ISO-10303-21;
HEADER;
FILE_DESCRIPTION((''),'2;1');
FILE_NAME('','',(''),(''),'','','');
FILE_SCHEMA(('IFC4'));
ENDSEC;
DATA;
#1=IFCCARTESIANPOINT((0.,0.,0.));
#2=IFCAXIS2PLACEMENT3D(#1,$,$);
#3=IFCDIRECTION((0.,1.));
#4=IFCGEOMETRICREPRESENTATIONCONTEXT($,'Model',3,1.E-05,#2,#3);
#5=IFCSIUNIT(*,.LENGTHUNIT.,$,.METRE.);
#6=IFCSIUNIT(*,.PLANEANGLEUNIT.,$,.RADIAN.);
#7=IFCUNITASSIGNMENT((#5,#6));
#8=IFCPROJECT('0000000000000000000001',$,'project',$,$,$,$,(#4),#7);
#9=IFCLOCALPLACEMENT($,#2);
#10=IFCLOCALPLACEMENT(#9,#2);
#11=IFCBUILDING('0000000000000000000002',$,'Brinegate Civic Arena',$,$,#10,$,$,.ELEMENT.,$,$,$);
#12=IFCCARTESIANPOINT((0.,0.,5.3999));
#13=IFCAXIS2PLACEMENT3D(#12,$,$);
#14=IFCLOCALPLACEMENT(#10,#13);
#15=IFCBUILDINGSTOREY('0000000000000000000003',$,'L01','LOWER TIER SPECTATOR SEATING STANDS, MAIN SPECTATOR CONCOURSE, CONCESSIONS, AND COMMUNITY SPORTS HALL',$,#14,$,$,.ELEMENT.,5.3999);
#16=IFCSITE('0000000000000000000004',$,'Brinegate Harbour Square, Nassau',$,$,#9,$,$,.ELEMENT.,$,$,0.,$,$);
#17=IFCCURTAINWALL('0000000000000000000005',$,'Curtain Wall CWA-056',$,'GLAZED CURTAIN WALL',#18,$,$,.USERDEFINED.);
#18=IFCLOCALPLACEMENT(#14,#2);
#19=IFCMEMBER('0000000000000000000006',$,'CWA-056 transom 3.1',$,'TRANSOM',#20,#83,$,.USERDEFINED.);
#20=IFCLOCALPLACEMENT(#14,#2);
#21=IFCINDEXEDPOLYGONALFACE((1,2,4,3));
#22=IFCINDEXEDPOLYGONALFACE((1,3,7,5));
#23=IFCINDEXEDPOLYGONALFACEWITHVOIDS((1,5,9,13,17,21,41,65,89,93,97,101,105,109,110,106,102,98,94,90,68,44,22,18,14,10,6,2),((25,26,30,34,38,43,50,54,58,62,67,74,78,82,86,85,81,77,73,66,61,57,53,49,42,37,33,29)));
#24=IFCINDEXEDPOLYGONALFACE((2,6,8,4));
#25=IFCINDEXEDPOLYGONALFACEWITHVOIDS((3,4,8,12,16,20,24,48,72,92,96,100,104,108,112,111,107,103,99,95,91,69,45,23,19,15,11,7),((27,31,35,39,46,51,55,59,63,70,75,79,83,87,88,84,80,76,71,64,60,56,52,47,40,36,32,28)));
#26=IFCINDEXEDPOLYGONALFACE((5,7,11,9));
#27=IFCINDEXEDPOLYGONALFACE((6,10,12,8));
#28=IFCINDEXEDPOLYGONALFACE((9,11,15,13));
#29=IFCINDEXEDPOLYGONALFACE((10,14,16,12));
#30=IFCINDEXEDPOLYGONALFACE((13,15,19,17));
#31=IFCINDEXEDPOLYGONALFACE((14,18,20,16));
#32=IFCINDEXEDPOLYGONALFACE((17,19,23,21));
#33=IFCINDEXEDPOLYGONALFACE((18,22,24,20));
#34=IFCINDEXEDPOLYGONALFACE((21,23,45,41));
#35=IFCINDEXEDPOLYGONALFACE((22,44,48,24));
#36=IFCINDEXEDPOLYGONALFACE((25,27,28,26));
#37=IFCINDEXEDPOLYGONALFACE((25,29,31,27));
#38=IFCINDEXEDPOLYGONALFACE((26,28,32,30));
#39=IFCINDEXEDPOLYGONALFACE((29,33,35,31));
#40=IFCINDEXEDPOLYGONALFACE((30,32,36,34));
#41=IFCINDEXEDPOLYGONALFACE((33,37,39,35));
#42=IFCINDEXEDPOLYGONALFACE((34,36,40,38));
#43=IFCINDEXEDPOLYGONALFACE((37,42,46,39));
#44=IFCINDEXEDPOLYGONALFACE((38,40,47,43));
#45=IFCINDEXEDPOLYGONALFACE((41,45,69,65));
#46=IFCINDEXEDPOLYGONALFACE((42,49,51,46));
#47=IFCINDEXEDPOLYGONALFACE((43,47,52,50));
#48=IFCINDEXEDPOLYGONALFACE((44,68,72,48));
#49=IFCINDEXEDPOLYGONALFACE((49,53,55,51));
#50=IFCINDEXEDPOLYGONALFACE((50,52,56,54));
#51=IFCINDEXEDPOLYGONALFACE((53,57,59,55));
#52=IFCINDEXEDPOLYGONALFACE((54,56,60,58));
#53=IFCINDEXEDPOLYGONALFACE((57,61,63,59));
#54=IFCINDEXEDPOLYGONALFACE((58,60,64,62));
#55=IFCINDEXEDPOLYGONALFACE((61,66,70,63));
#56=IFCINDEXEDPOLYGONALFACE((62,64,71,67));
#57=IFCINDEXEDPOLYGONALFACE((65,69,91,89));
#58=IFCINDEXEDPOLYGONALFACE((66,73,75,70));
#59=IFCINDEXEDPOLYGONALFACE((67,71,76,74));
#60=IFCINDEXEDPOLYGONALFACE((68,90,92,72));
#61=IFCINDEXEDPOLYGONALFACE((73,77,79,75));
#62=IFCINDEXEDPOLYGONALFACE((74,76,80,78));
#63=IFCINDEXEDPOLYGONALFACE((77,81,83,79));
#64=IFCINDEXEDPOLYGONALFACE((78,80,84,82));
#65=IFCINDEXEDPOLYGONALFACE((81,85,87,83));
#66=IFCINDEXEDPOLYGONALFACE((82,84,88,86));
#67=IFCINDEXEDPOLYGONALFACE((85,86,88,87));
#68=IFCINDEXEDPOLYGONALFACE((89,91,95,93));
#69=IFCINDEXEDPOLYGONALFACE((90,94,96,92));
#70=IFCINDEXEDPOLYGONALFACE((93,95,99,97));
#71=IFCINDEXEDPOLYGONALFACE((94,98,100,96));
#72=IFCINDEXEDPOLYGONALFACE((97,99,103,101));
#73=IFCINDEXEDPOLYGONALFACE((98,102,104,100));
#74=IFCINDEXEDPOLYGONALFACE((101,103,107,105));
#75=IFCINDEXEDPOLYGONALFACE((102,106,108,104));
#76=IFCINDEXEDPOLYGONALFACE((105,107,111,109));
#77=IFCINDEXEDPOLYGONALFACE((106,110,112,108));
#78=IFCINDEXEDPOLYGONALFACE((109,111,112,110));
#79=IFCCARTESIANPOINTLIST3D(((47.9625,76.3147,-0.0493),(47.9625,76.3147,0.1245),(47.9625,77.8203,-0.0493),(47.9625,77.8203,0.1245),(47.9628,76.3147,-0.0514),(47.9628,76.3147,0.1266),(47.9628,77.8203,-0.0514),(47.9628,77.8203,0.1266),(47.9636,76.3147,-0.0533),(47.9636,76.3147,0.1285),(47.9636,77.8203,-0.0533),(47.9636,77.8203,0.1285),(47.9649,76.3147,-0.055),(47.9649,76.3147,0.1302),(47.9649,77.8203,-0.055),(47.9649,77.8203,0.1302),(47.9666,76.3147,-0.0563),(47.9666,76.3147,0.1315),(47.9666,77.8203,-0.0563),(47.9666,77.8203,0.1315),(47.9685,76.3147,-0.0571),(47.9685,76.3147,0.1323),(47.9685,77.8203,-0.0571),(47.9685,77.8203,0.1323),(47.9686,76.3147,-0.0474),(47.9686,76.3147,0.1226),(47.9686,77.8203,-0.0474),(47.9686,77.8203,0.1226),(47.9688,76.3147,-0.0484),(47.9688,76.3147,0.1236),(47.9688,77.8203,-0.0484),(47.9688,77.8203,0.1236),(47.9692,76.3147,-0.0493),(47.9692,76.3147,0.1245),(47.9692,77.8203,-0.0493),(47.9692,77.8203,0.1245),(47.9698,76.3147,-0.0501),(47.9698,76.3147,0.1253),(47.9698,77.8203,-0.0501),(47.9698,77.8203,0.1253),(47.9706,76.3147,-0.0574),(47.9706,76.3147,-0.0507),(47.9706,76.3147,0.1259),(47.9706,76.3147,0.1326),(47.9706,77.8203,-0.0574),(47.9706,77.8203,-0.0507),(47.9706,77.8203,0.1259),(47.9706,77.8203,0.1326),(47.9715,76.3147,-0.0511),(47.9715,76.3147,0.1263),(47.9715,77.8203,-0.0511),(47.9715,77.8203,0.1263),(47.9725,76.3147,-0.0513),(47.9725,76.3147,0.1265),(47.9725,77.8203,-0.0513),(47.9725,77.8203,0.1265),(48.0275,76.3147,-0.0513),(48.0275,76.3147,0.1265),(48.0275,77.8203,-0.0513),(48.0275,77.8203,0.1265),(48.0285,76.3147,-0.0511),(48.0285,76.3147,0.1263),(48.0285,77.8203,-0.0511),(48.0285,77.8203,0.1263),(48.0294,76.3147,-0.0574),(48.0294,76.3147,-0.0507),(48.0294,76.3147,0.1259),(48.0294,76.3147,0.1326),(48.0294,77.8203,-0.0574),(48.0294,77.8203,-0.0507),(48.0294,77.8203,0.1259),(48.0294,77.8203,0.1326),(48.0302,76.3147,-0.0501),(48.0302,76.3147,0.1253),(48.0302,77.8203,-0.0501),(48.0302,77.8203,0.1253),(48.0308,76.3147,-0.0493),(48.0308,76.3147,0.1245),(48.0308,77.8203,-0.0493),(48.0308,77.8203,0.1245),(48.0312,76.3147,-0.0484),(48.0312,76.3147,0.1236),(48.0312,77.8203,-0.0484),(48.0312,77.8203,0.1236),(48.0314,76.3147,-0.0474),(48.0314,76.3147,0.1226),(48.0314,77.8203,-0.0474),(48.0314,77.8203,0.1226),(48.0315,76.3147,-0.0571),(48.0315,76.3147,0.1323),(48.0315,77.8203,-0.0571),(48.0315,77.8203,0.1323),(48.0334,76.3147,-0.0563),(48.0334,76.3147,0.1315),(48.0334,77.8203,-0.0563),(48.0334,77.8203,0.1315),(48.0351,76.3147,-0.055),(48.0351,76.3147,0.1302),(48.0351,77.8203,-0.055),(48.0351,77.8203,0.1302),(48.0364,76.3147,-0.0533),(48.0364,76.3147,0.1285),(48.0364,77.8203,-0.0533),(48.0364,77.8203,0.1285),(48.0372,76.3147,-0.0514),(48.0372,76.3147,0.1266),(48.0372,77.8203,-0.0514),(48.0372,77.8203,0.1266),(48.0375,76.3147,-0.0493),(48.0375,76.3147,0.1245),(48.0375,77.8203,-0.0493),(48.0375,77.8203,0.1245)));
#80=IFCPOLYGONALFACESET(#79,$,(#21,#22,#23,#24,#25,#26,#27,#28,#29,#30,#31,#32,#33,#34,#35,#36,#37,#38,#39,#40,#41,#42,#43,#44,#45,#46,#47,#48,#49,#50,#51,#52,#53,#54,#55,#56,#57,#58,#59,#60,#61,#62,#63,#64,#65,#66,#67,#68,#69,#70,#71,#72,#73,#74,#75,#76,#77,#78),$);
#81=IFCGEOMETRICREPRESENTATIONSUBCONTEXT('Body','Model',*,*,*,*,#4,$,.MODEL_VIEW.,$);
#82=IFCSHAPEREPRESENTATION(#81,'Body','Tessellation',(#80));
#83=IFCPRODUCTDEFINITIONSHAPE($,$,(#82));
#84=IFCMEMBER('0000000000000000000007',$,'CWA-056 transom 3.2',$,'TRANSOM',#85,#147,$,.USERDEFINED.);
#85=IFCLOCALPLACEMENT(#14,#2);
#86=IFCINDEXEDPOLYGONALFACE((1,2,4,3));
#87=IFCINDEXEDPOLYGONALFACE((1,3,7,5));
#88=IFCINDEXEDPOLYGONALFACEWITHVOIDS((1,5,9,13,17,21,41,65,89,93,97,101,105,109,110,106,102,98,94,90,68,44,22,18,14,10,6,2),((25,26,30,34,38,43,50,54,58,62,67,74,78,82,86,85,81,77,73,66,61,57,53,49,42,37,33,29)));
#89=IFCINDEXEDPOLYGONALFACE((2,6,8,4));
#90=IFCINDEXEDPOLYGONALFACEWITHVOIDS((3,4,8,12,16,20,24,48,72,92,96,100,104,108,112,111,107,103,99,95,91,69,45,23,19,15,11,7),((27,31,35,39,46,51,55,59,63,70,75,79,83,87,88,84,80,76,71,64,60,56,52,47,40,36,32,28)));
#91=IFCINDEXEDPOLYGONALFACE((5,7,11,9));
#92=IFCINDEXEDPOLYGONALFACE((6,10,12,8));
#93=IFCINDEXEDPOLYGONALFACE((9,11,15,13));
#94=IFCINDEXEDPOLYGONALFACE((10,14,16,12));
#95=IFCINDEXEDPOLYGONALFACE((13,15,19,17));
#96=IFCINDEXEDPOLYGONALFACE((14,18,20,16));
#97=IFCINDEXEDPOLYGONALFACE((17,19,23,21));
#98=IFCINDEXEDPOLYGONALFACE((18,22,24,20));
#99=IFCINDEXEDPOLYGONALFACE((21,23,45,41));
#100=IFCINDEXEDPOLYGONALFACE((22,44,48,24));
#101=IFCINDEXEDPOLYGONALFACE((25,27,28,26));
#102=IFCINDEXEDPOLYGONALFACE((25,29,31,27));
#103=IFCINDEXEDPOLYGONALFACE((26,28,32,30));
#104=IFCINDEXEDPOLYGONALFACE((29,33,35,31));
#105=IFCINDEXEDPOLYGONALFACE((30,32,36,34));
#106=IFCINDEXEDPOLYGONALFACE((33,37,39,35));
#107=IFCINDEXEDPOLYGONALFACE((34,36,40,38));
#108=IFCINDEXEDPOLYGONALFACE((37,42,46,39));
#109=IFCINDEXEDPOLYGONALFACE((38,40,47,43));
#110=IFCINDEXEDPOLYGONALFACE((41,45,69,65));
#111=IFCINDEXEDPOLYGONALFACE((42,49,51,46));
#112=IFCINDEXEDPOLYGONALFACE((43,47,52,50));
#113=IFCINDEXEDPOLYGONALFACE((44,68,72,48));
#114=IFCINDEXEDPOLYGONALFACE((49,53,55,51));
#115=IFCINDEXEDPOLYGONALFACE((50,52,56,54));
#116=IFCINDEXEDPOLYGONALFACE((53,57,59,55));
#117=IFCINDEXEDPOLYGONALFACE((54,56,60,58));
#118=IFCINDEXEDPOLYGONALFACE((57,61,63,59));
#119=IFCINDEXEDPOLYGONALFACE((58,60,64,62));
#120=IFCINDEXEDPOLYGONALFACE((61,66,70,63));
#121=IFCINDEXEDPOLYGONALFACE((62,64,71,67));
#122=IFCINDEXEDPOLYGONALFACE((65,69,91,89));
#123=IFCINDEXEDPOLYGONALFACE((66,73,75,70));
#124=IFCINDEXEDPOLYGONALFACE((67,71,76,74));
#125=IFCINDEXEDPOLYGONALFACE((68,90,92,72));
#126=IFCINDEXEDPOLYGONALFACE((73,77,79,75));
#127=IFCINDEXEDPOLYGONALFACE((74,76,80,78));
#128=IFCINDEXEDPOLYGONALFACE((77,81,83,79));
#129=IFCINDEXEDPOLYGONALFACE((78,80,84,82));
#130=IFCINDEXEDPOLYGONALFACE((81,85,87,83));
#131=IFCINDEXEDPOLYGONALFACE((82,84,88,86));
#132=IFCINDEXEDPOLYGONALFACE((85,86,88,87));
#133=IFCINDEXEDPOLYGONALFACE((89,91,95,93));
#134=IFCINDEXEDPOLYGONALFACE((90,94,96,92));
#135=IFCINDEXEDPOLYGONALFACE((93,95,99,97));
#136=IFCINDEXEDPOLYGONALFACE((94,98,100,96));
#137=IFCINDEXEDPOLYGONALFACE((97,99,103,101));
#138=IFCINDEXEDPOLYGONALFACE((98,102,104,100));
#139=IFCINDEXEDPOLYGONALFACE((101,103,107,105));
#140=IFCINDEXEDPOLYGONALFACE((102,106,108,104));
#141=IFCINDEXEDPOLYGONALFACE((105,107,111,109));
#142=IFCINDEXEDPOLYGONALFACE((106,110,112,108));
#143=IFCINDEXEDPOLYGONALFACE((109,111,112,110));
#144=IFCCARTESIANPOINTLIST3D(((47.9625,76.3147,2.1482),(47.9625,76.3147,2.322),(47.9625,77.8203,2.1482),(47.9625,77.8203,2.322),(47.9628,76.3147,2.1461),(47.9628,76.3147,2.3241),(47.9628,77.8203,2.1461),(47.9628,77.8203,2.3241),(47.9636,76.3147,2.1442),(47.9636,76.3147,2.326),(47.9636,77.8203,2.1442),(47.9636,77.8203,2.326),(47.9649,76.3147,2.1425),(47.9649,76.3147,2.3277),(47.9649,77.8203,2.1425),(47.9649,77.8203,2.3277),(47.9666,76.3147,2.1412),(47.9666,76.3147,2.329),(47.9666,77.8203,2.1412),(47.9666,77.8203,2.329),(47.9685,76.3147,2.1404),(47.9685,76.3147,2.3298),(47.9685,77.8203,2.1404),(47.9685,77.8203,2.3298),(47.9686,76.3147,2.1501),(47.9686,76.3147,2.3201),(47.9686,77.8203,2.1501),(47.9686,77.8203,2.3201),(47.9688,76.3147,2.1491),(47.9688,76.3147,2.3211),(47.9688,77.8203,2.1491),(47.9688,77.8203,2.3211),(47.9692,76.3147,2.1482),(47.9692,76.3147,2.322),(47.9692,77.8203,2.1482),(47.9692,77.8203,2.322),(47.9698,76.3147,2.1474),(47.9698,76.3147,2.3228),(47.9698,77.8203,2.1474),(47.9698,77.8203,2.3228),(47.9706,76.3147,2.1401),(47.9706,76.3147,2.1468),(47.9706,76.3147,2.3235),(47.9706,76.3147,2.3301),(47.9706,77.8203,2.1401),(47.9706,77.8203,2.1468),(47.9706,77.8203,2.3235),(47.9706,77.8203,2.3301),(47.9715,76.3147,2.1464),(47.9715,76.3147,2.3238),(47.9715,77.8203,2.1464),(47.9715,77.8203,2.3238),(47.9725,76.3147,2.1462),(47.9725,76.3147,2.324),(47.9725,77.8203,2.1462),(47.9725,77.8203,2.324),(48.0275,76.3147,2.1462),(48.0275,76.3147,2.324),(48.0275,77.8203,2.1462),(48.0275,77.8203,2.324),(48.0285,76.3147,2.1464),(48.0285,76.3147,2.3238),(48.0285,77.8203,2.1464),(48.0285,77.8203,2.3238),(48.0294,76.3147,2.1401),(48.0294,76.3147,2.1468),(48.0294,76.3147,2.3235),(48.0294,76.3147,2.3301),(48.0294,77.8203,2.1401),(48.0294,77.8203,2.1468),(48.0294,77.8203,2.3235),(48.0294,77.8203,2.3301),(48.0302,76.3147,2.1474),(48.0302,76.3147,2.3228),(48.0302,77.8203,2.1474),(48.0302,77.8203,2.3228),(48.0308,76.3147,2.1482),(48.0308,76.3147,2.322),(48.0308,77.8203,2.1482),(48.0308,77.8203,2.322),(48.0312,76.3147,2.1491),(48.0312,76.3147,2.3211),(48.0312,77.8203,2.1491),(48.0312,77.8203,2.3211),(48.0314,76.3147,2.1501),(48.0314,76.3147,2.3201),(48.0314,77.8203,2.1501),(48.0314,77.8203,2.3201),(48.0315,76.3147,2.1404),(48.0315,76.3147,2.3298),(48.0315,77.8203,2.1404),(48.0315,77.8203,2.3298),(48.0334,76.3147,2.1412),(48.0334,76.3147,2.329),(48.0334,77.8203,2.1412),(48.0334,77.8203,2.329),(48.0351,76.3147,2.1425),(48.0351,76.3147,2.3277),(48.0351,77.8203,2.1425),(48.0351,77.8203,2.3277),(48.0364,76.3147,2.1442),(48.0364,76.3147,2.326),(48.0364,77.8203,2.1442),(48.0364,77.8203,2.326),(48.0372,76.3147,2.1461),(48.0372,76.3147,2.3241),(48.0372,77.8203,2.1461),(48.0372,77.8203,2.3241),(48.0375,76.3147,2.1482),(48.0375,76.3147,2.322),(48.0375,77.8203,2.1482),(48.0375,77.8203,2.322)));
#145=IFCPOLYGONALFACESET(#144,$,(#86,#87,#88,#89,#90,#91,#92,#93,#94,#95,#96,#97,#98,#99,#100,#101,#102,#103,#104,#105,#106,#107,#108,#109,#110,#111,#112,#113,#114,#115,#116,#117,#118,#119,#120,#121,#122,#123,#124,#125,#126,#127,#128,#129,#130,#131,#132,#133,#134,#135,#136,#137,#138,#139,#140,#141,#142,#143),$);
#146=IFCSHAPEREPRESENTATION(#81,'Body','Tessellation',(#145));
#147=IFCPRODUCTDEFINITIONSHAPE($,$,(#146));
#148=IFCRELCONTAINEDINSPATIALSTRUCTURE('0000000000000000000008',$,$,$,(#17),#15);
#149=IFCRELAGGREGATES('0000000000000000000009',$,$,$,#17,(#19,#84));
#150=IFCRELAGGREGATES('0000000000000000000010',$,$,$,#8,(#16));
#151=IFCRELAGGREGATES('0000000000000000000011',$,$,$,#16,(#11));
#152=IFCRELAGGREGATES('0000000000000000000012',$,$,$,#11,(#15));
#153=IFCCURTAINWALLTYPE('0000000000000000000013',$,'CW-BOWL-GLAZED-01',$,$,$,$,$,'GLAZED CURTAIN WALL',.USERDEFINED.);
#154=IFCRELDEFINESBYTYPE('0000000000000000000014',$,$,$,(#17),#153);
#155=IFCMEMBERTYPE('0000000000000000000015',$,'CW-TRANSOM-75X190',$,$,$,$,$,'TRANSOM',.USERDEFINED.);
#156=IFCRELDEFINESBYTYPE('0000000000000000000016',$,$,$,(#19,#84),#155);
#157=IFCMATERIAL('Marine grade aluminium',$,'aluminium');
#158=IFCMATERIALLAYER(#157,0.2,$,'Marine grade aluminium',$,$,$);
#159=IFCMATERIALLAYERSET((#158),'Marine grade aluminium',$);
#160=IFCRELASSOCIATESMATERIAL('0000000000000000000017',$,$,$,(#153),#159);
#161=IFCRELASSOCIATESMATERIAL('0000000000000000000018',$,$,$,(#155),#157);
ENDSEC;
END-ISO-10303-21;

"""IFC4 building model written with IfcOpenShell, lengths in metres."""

from ifc_helpers import new_model, si_unit, direction, frame, origin, origin_2d, place, context, subcontext, project, spatial, hollow_rectangle, extrude, material, layer, layer_set, material_profile, profile_set, type_object, element, aggregate, save


model = new_model("IFC4")

# Units and contexts
model_context = context("Model", 3, precision=1e-05, world=origin(), true_north=direction((0.0, 1.0)))
body_context = subcontext(model_context, "Body", "Model", "MODEL_VIEW")
ifc_project = project(units=[si_unit("LENGTHUNIT", "METRE"), si_unit("PLANEANGLEUNIT", "RADIAN")], contexts=[model_context])

# Site, building, storey
site_placement = place(None, origin())
site = spatial("IfcSite", under=ifc_project, at=site_placement, Name="Brinegate Harbour Square, Nassau", CompositionType="ELEMENT", RefElevation=0.0)
building_placement = place(site_placement, origin())
building = spatial("IfcBuilding", under=site, at=building_placement, Name="Brinegate Civic Arena", CompositionType="ELEMENT")
storey_placement = place(building_placement, frame((0.0, 0.0, 5.3999)))
storey = spatial("IfcBuildingStorey", under=building, at=storey_placement, Name="L01", Description="LOWER TIER SPECTATOR SEATING STANDS, MAIN SPECTATOR CONCOURSE, CONCESSIONS, AND COMMUNITY SPORTS HALL", CompositionType="ELEMENT", Elevation=5.3999)

# Curtain wall, members
ifc_material_1 = material(Name="Marine grade aluminium", Category="aluminium")
ifc_layer_1 = layer(ifc_material_1, 0.2, Name="Marine grade aluminium")
ifc_layer_set_1 = layer_set([ifc_layer_1], Name="Marine grade aluminium")
curtain_wall_type = type_object("IfcCurtainWallType", Name="CW-BOWL-GLAZED-01", ElementType="GLAZED CURTAIN WALL", PredefinedType="USERDEFINED", material=ifc_layer_set_1)
curtain_wall_placement = place(storey_placement, origin())
curtain_wall = element("IfcCurtainWall", 1, at=curtain_wall_placement, inside=storey, type_object=curtain_wall_type, Name="Curtain Wall CWA-056", ObjectType="GLAZED CURTAIN WALL", PredefinedType="USERDEFINED")
ifc_material_profile_1 = material_profile(ifc_material_1, hollow_rectangle(XDim=0.075, YDim=0.1899, WallThickness=0.0061, InnerFilletRadius=0.0039, OuterFilletRadius=0.0081, at=origin_2d()), Name="TRN75X190")
ifc_profile_set_1 = profile_set([ifc_material_profile_1], Name="Marine grade aluminium")
member_type_1 = type_object("IfcMemberType", Name="CW-TRANSOM-75X190", ElementType="TRANSOM", PredefinedType="USERDEFINED", material=ifc_profile_set_1)
member_1_placement = place(storey_placement, frame((48.0, 76.3147, 0.0376), z_axis=(0.0, 1.0, 0.0), x_axis=(-1.0, 0.0, 0.0)))
member_1 = element("IfcMember", 2, at=member_1_placement, type_object=member_type_1, Name="CWA-056 transom 3.1", ObjectType="TRANSOM", PredefinedType="USERDEFINED", context=body_context, shape_type="SweptSolid", body=[
    extrude(hollow_rectangle(XDim=0.075, YDim=0.1899, WallThickness=0.0061, InnerFilletRadius=0.0039, OuterFilletRadius=0.0081, at=origin_2d()), origin(), (0.0, 0.0, 1.0), 1.5056),
])
member_2_placement = place(storey_placement, frame((48.0, 76.3147, 2.2351), z_axis=(0.0, 1.0, 0.0), x_axis=(-1.0, 0.0, 0.0)))
member_2 = element("IfcMember", 3, at=member_2_placement, type_object=member_type_1, Name="CWA-056 transom 3.2", ObjectType="TRANSOM", PredefinedType="USERDEFINED", context=body_context, shape_type="SweptSolid", body=[
    extrude(hollow_rectangle(XDim=0.075, YDim=0.1899, WallThickness=0.0061, InnerFilletRadius=0.0039, OuterFilletRadius=0.0081, at=origin_2d()), origin(), (0.0, 0.0, 1.0), 1.5056),
])

aggregate(curtain_wall, [member_1, member_2])

save(model, "model.ifc")
